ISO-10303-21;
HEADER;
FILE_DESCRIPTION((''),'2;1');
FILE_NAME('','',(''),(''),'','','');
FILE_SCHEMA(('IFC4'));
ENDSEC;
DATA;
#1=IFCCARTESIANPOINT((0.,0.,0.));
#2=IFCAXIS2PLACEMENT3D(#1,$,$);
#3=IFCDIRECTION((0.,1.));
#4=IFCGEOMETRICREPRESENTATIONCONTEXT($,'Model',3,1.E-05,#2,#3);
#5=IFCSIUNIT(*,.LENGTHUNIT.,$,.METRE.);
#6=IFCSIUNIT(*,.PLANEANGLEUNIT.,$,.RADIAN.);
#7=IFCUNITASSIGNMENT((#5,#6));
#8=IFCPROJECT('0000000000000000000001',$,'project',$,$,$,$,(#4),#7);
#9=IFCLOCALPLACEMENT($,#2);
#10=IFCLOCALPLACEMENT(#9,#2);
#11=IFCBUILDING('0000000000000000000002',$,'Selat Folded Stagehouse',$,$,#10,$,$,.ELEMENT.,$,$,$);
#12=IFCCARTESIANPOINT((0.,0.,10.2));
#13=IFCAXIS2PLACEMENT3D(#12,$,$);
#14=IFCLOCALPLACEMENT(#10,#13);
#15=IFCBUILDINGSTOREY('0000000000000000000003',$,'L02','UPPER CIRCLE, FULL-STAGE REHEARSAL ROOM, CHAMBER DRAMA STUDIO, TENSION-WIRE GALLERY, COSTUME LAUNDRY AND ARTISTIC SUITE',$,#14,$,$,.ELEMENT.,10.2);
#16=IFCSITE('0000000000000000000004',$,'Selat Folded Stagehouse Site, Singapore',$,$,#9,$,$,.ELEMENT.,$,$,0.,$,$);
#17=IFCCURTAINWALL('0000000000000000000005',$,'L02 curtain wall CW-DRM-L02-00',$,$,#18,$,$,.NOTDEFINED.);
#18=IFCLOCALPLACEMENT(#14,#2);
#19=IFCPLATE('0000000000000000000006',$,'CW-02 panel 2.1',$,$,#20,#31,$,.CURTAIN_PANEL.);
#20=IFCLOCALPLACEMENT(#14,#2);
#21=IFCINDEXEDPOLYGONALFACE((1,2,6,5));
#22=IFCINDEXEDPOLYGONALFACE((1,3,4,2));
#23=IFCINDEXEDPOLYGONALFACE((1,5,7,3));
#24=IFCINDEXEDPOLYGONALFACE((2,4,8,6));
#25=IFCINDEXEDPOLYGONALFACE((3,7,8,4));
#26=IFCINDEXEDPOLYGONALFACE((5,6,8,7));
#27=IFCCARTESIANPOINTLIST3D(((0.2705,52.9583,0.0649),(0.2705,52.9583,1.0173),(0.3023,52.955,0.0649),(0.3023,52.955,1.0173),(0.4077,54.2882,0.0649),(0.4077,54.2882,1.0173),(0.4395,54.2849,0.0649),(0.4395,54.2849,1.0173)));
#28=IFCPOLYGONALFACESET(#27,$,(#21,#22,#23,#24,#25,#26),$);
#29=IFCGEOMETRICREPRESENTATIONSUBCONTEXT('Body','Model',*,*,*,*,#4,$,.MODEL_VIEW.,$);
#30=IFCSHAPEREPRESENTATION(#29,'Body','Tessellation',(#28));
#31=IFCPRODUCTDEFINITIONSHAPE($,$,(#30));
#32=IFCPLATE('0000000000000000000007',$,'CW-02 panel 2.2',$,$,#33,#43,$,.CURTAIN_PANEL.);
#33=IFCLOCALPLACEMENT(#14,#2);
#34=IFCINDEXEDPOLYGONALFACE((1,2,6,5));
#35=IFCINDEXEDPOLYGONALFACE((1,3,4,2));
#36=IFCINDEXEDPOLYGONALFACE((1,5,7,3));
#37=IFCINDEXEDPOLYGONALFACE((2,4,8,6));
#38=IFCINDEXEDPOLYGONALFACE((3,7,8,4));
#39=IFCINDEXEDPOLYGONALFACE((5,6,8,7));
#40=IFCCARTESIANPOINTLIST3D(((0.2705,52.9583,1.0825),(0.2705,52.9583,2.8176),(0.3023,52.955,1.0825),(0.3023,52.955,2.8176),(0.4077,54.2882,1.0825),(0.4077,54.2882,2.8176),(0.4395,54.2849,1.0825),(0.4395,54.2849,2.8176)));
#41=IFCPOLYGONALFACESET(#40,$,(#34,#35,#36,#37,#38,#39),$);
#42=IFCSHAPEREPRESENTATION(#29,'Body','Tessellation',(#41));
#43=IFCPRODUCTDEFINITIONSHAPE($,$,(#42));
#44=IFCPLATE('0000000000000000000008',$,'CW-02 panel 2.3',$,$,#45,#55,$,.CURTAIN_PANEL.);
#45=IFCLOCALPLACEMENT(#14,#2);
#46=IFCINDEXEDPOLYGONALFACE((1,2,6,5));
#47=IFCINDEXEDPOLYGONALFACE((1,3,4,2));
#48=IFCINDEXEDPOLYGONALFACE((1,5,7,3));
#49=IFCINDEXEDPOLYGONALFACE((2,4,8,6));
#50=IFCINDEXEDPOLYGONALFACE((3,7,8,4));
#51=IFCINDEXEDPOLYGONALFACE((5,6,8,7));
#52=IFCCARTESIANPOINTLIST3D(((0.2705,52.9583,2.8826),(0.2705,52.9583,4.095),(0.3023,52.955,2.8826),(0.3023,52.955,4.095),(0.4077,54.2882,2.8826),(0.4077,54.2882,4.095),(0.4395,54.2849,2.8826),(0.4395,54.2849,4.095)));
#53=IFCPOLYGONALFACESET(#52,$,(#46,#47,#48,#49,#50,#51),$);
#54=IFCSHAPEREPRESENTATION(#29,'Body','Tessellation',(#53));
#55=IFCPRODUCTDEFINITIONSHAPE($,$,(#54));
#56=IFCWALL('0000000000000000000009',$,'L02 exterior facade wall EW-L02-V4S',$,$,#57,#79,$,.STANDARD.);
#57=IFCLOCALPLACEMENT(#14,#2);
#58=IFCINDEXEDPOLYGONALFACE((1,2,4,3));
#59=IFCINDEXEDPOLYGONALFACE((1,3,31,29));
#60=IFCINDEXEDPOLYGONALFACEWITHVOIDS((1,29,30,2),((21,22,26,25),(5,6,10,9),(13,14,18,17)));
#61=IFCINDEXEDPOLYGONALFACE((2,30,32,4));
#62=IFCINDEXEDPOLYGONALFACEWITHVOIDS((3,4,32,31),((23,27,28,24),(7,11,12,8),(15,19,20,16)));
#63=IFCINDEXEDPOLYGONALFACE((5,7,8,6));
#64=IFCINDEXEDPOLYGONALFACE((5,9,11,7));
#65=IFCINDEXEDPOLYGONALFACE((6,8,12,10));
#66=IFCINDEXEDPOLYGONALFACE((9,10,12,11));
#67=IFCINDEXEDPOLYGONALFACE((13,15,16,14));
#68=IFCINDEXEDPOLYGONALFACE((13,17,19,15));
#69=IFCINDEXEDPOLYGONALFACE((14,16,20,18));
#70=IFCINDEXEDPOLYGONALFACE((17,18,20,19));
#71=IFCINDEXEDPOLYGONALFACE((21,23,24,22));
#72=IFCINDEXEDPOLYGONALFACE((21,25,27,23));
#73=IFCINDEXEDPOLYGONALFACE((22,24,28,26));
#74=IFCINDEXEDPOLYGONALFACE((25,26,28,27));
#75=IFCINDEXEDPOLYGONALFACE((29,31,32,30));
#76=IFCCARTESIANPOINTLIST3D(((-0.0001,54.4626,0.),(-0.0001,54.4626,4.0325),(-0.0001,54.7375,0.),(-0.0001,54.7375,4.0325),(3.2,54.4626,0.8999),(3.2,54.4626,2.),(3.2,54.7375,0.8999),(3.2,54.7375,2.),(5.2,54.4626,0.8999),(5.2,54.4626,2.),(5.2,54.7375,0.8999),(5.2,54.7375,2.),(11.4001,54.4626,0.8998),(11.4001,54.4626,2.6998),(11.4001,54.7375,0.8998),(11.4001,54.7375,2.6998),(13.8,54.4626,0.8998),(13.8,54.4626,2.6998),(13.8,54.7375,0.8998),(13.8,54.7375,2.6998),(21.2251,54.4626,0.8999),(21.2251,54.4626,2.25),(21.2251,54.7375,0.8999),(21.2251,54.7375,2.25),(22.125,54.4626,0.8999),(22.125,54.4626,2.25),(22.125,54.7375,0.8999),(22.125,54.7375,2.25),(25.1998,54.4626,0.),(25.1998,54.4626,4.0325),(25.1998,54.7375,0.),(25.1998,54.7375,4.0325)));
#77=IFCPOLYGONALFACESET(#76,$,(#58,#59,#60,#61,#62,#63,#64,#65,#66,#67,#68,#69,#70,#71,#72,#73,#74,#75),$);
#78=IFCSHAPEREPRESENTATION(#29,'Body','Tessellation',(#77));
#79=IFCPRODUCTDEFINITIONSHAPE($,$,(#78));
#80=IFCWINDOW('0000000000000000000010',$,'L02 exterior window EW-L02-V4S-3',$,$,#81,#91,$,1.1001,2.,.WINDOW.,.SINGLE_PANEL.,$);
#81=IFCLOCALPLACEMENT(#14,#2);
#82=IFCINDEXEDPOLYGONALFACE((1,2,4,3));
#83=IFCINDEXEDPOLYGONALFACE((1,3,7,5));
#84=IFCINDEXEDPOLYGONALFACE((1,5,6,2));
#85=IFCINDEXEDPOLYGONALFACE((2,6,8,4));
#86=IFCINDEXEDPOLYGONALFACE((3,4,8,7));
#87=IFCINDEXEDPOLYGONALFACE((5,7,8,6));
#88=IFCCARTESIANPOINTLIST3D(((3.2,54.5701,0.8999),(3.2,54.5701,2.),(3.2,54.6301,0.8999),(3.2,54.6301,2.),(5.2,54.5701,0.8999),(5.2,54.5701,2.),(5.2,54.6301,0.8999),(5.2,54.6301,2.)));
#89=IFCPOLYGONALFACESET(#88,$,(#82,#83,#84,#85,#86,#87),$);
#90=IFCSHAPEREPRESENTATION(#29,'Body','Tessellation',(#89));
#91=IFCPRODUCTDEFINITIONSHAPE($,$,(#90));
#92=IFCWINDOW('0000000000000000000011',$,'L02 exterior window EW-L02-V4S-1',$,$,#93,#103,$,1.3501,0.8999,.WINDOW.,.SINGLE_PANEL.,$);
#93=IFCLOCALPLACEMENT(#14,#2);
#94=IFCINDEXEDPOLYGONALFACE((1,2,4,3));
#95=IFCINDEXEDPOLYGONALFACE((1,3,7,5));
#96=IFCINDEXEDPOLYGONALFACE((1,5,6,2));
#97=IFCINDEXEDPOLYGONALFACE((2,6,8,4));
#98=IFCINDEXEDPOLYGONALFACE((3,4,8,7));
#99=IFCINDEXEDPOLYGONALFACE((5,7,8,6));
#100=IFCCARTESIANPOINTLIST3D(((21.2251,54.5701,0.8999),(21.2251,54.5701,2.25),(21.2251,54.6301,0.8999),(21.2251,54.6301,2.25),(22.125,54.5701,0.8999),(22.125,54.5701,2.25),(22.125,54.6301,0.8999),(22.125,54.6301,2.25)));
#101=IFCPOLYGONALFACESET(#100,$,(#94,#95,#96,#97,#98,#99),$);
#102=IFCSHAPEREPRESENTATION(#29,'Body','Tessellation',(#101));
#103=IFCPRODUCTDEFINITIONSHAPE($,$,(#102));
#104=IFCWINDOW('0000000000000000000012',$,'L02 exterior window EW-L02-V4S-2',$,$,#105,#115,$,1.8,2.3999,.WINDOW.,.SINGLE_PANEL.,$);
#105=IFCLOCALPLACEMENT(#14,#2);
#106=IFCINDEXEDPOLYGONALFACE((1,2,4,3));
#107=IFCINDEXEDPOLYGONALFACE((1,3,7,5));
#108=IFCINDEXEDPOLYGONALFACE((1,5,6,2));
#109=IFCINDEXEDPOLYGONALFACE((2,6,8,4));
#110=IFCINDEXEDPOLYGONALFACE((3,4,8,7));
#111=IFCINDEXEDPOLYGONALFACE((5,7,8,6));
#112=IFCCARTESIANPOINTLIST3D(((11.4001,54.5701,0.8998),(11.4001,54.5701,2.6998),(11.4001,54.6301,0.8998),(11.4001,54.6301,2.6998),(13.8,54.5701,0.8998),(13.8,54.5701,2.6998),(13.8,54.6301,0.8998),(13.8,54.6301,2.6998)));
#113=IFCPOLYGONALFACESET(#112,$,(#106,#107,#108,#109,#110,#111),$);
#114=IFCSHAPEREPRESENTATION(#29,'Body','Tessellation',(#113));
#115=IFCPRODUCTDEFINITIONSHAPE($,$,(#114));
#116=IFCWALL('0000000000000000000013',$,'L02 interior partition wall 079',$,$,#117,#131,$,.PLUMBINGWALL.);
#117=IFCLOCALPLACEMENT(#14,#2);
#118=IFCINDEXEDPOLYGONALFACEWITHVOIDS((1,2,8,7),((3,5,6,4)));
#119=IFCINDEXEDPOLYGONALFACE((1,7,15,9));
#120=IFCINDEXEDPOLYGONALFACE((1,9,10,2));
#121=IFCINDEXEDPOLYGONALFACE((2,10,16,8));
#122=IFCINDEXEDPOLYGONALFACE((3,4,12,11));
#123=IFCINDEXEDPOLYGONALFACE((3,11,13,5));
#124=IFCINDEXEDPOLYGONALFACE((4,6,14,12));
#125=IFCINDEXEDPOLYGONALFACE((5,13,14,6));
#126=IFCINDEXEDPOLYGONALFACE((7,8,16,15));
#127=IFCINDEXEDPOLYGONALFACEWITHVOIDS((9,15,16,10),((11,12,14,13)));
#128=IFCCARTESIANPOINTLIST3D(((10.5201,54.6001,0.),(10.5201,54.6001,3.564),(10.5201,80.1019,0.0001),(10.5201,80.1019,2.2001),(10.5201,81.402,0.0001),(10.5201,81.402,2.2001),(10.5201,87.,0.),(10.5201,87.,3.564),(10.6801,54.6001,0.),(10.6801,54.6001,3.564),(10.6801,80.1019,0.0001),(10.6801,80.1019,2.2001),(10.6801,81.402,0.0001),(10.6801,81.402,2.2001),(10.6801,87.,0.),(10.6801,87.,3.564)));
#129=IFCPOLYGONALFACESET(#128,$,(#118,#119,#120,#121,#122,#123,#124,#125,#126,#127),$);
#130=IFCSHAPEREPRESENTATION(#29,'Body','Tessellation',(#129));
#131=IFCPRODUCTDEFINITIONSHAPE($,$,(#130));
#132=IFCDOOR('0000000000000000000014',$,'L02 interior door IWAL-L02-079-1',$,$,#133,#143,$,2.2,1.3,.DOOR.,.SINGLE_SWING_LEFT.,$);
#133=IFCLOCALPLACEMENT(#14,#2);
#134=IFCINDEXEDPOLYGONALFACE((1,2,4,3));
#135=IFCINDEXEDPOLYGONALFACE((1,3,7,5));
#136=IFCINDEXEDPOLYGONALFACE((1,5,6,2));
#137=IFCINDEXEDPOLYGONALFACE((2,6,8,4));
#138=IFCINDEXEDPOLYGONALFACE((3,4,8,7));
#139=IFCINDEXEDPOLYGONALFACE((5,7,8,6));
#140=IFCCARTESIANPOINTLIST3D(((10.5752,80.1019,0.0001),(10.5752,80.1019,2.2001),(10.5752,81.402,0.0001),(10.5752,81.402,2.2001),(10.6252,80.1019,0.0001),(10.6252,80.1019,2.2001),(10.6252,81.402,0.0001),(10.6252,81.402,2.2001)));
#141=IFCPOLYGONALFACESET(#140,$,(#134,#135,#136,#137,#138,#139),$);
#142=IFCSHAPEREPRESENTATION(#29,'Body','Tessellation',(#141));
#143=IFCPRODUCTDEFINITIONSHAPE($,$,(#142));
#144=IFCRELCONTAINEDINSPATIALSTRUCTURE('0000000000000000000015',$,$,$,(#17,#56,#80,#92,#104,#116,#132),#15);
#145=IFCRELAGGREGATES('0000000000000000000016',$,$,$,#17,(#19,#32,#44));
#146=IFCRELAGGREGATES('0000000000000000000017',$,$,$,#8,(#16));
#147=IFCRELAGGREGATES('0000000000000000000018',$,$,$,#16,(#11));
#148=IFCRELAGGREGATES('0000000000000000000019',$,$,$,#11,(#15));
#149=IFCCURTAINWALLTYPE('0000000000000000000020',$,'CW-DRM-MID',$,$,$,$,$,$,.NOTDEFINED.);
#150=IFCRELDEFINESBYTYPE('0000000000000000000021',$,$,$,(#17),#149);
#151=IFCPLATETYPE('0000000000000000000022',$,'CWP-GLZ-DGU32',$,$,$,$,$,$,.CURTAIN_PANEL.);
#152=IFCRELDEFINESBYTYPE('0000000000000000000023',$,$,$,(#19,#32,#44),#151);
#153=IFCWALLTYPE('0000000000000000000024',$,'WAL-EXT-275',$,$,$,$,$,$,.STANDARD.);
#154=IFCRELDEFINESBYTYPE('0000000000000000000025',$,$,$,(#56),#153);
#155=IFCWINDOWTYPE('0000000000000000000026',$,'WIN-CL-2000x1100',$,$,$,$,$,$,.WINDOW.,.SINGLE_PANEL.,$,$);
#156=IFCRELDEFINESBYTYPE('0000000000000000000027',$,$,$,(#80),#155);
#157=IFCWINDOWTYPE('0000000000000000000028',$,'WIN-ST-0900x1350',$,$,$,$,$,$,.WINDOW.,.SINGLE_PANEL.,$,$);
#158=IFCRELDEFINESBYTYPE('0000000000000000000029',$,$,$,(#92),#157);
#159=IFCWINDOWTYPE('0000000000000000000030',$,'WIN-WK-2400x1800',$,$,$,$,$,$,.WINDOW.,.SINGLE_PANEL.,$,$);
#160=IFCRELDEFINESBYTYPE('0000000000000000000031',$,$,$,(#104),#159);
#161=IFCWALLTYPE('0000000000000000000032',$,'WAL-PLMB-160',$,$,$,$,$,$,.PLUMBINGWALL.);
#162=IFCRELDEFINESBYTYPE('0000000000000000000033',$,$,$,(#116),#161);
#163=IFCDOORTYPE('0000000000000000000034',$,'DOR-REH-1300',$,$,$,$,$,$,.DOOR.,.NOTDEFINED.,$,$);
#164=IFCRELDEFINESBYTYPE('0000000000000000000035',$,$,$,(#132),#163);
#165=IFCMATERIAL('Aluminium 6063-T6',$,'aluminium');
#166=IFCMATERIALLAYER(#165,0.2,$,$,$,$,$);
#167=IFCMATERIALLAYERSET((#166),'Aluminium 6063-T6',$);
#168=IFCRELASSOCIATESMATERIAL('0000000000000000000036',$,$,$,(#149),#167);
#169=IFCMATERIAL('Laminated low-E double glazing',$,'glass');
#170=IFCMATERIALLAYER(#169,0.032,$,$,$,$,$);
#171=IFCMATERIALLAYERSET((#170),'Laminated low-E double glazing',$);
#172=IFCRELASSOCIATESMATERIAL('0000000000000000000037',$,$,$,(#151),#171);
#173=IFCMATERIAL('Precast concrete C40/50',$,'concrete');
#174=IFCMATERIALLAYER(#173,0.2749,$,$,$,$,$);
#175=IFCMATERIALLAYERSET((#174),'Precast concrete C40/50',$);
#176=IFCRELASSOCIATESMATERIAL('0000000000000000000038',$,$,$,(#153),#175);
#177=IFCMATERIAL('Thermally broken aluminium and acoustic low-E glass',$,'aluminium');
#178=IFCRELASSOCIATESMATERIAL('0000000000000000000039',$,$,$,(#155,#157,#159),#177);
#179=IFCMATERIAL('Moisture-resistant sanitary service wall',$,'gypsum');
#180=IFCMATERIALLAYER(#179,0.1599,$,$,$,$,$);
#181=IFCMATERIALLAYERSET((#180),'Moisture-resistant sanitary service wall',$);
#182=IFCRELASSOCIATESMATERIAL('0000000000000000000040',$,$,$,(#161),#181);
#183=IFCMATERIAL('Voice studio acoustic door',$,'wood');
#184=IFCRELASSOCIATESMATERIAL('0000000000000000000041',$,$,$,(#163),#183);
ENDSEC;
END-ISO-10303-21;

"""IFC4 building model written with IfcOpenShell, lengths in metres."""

from ifc_helpers import new_model, si_unit, direction, frame, frame_2d, origin, origin_2d, place, context, subcontext, project, spatial, rectangle, extrude, material, layer, layer_set, type_object, element, fill, aggregate, save


model = new_model("IFC4")

# Units and contexts
model_context = context("Model", 3, precision=1e-05, world=origin(), true_north=direction((0.0, 1.0)))
body_context = subcontext(model_context, "Body", "Model", "MODEL_VIEW")
ifc_project = project(units=[si_unit("LENGTHUNIT", "METRE"), si_unit("PLANEANGLEUNIT", "RADIAN")], contexts=[model_context])

# Site, building, storey
site_placement = place(None, origin())
site = spatial("IfcSite", under=ifc_project, at=site_placement, Name="Selat Folded Stagehouse Site, Singapore", CompositionType="ELEMENT", RefElevation=0.0)
building_placement = place(site_placement, origin())
building = spatial("IfcBuilding", under=site, at=building_placement, Name="Selat Folded Stagehouse", CompositionType="ELEMENT")
storey_placement = place(building_placement, frame((0.0, 0.0, 10.2)))
storey = spatial("IfcBuildingStorey", under=building, at=storey_placement, Name="L02", Description="UPPER CIRCLE, FULL-STAGE REHEARSAL ROOM, CHAMBER DRAMA STUDIO, TENSION-WIRE GALLERY, COSTUME LAUNDRY AND ARTISTIC SUITE", CompositionType="ELEMENT", Elevation=10.2)

# Curtain wall
ifc_material_1 = material(Name="Aluminium 6063-T6", Category="aluminium")
ifc_layer_1 = layer(ifc_material_1, 0.2)
ifc_layer_set_1 = layer_set([ifc_layer_1], Name="Aluminium 6063-T6")
curtain_wall_type = type_object("IfcCurtainWallType", Name="CW-DRM-MID", PredefinedType="NOTDEFINED", material=ifc_layer_set_1)
curtain_wall_placement = place(storey_placement, origin())
curtain_wall = element("IfcCurtainWall", 1, at=curtain_wall_placement, inside=storey, type_object=curtain_wall_type, Name="L02 curtain wall CW-DRM-L02-00", PredefinedType="NOTDEFINED")

# Plates
ifc_material_2 = material(Name="Laminated low-E double glazing", Category="glass")
ifc_layer_2 = layer(ifc_material_2, 0.032)
ifc_layer_set_2 = layer_set([ifc_layer_2], Name="Laminated low-E double glazing")
plate_type = type_object("IfcPlateType", Name="CWP-GLZ-DGU32", PredefinedType="CURTAIN_PANEL", material=ifc_layer_set_2)
plate_1_placement = place(storey_placement, frame((0.355, 53.6216, 0.0649), z_axis=(0.0, 0.0, 1.0), x_axis=(0.102616, 0.994721, 0.0)))
plate_1 = element("IfcPlate", 2, at=plate_1_placement, type_object=plate_type, Name="CW-02 panel 2.1", PredefinedType="CURTAIN_PANEL", context=body_context, shape_type="SweptSolid", body=[
    extrude(rectangle(XDim=1.3369, YDim=0.032, at=origin_2d()), origin(), (0.0, 0.0, 1.0), 0.9524),
])
plate_2_placement = place(storey_placement, frame((0.355, 53.6216, 1.0825), z_axis=(0.0, 0.0, 1.0), x_axis=(0.102616, 0.994721, 0.0)))
plate_2 = element("IfcPlate", 3, at=plate_2_placement, type_object=plate_type, Name="CW-02 panel 2.2", PredefinedType="CURTAIN_PANEL", context=body_context, shape_type="SweptSolid", body=[
    extrude(rectangle(XDim=1.3369, YDim=0.032, at=origin_2d()), origin(), (0.0, 0.0, 1.0), 1.7351),
])
plate_3_placement = place(storey_placement, frame((0.355, 53.6216, 2.8826), z_axis=(0.0, 0.0, 1.0), x_axis=(0.102616, 0.994721, 0.0)))
plate_3 = element("IfcPlate", 4, at=plate_3_placement, type_object=plate_type, Name="CW-02 panel 2.3", PredefinedType="CURTAIN_PANEL", context=body_context, shape_type="SweptSolid", body=[
    extrude(rectangle(XDim=1.3369, YDim=0.032, at=origin_2d()), origin(), (0.0, 0.0, 1.0), 1.2124),
])
aggregate(curtain_wall, [plate_1, plate_2, plate_3])

# Wall, openings, windows
ifc_material_3 = material(Name="Precast concrete C40/50", Category="concrete")
ifc_layer_3 = layer(ifc_material_3, 0.2749)
ifc_layer_set_3 = layer_set([ifc_layer_3], Name="Precast concrete C40/50")
wall_type_1 = type_object("IfcWallType", Name="WAL-EXT-275", PredefinedType="STANDARD", material=ifc_layer_set_3)
wall_1_placement = place(storey_placement, frame((25.2, 54.6001, 0.0), z_axis=(0.0, 0.0, 1.0), x_axis=(-1.0, 0.0, 0.0)))
wall_1 = element("IfcWall", 5, at=wall_1_placement, inside=storey, type_object=wall_type_1, Name="L02 exterior facade wall EW-L02-V4S", PredefinedType="STANDARD", context=body_context, shape_type="SweptSolid", body=[
    extrude(rectangle(XDim=25.2, YDim=0.2749, at=frame_2d((12.6001, 0.0))), origin(), (0.0, 0.0, 1.0), 4.0325),
])
opening_1_placement = place(wall_1_placement, frame((3.075, 0.0, 0.8999)))
opening_1 = element("IfcOpeningElement", 6, at=opening_1_placement, cuts=wall_1, PredefinedType="OPENING", context=body_context, shape_type="SweptSolid", body=[
    extrude(rectangle(XDim=0.8999, YDim=1.3501, at=frame_2d((0.45, 0.675))), frame((0.0, 0.1475, 0.0), z_axis=(0.0, -1.0, 0.0), x_axis=(1.0, 0.0, 0.0)), (0.0, 0.0, 1.0), 0.2949),
])
opening_2_placement = place(wall_1_placement, frame((11.3999, 0.0, 0.8999)))
opening_2 = element("IfcOpeningElement", 7, at=opening_2_placement, cuts=wall_1, PredefinedType="OPENING", context=body_context, shape_type="SweptSolid", body=[
    extrude(rectangle(XDim=2.3999, YDim=1.8, at=frame_2d((1.2, 0.8999))), frame((0.0, 0.1475, 0.0), z_axis=(0.0, -1.0, 0.0), x_axis=(1.0, 0.0, 0.0)), (0.0, 0.0, 1.0), 0.2949),
])
opening_3_placement = place(wall_1_placement, frame((20.0, 0.0, 0.8999)))
opening_3 = element("IfcOpeningElement", 8, at=opening_3_placement, cuts=wall_1, PredefinedType="OPENING", context=body_context, shape_type="SweptSolid", body=[
    extrude(rectangle(XDim=2.0, YDim=1.1001, at=frame_2d((1.0, 0.55))), frame((0.0, 0.1475, 0.0), z_axis=(0.0, -1.0, 0.0), x_axis=(1.0, 0.0, 0.0)), (0.0, 0.0, 1.0), 0.2949),
])
ifc_material_4 = material(Name="Thermally broken aluminium and acoustic low-E glass", Category="aluminium")
window_type_1 = type_object("IfcWindowType", Name="WIN-CL-2000x1100", PartitioningType="SINGLE_PANEL", PredefinedType="WINDOW", material=ifc_material_4)
window_1_placement = place(opening_3_placement, origin())
window_1 = element("IfcWindow", 9, at=window_1_placement, inside=storey, type_object=window_type_1, Name="L02 exterior window EW-L02-V4S-3", OverallHeight=1.1001, OverallWidth=2.0, PartitioningType="SINGLE_PANEL", PredefinedType="WINDOW", context=body_context, shape_type="SweptSolid", body=[
    extrude(rectangle(XDim=2.0, YDim=1.1001, at=frame_2d((1.0, 0.55))), frame((0.0, 0.03, 0.0), z_axis=(0.0, -1.0, 0.0), x_axis=(1.0, 0.0, 0.0)), (0.0, 0.0, 1.0), 0.0601),
])
fill(opening_3, window_1)
window_type_2 = type_object("IfcWindowType", Name="WIN-ST-0900x1350", PartitioningType="SINGLE_PANEL", PredefinedType="WINDOW", material=ifc_material_4)
window_2_placement = place(opening_1_placement, origin())
window_2 = element("IfcWindow", 10, at=window_2_placement, inside=storey, type_object=window_type_2, Name="L02 exterior window EW-L02-V4S-1", OverallHeight=1.3501, OverallWidth=0.8999, PartitioningType="SINGLE_PANEL", PredefinedType="WINDOW", context=body_context, shape_type="SweptSolid", body=[
    extrude(rectangle(XDim=0.8999, YDim=1.3501, at=frame_2d((0.45, 0.675))), frame((0.0, 0.03, 0.0), z_axis=(0.0, -1.0, 0.0), x_axis=(1.0, 0.0, 0.0)), (0.0, 0.0, 1.0), 0.0601),
])
fill(opening_1, window_2)
window_type_3 = type_object("IfcWindowType", Name="WIN-WK-2400x1800", PartitioningType="SINGLE_PANEL", PredefinedType="WINDOW", material=ifc_material_4)
window_3_placement = place(opening_2_placement, origin())
window_3 = element("IfcWindow", 11, at=window_3_placement, inside=storey, type_object=window_type_3, Name="L02 exterior window EW-L02-V4S-2", OverallHeight=1.8, OverallWidth=2.3999, PartitioningType="SINGLE_PANEL", PredefinedType="WINDOW", context=body_context, shape_type="SweptSolid", body=[
    extrude(rectangle(XDim=2.3999, YDim=1.8, at=frame_2d((1.2, 0.8999))), frame((0.0, 0.03, 0.0), z_axis=(0.0, -1.0, 0.0), x_axis=(1.0, 0.0, 0.0)), (0.0, 0.0, 1.0), 0.0601),
])
fill(opening_2, window_3)

# Wall, opening, door
ifc_material_5 = material(Name="Moisture-resistant sanitary service wall", Category="gypsum")
ifc_layer_4 = layer(ifc_material_5, 0.1599)
ifc_layer_set_4 = layer_set([ifc_layer_4], Name="Moisture-resistant sanitary service wall")
wall_type_2 = type_object("IfcWallType", Name="WAL-PLMB-160", PredefinedType="PLUMBINGWALL", material=ifc_layer_set_4)
wall_2_placement = place(storey_placement, frame((10.6001, 54.6001, 0.0), z_axis=(0.0, 0.0, 1.0), x_axis=(0.0, 1.0, 0.0)))
wall_2 = element("IfcWall", 12, at=wall_2_placement, inside=storey, type_object=wall_type_2, Name="L02 interior partition wall 079", PredefinedType="PLUMBINGWALL", context=body_context, shape_type="SweptSolid", body=[
    extrude(rectangle(XDim=32.3999, YDim=0.1599, at=frame_2d((16.2, 0.0))), origin(), (0.0, 0.0, 1.0), 3.564),
])
opening_4_placement = place(wall_2_placement, frame((25.502, 0.0, 0.0)))
opening_4 = element("IfcOpeningElement", 13, at=opening_4_placement, cuts=wall_2, PredefinedType="OPENING", context=body_context, shape_type="SweptSolid", body=[
    extrude(rectangle(XDim=1.3, YDim=2.2, at=frame_2d((0.6499, 1.1001))), frame((0.0, 0.0898, 0.0), z_axis=(0.0, -1.0, 0.0), x_axis=(1.0, 0.0, 0.0)), (0.0, 0.0, 1.0), 0.1799),
])
ifc_material_6 = material(Name="Voice studio acoustic door", Category="wood")
door_type = type_object("IfcDoorType", Name="DOR-REH-1300", OperationType="NOTDEFINED", PredefinedType="DOOR", material=ifc_material_6)
door_placement = place(opening_4_placement, origin())
door = element("IfcDoor", 14, at=door_placement, inside=storey, type_object=door_type, Name="L02 interior door IWAL-L02-079-1", OperationType="SINGLE_SWING_LEFT", OverallHeight=2.2, OverallWidth=1.3, PredefinedType="DOOR", context=body_context, shape_type="SweptSolid", body=[
    extrude(rectangle(XDim=1.3, YDim=2.2, at=frame_2d((0.6499, 1.1001))), frame((0.0, 0.0249, 0.0), z_axis=(0.0, -1.0, 0.0), x_axis=(1.0, 0.0, 0.0)), (0.0, 0.0, 1.0), 0.05),
])
fill(opening_4, door)

save(model, "model.ifc")
